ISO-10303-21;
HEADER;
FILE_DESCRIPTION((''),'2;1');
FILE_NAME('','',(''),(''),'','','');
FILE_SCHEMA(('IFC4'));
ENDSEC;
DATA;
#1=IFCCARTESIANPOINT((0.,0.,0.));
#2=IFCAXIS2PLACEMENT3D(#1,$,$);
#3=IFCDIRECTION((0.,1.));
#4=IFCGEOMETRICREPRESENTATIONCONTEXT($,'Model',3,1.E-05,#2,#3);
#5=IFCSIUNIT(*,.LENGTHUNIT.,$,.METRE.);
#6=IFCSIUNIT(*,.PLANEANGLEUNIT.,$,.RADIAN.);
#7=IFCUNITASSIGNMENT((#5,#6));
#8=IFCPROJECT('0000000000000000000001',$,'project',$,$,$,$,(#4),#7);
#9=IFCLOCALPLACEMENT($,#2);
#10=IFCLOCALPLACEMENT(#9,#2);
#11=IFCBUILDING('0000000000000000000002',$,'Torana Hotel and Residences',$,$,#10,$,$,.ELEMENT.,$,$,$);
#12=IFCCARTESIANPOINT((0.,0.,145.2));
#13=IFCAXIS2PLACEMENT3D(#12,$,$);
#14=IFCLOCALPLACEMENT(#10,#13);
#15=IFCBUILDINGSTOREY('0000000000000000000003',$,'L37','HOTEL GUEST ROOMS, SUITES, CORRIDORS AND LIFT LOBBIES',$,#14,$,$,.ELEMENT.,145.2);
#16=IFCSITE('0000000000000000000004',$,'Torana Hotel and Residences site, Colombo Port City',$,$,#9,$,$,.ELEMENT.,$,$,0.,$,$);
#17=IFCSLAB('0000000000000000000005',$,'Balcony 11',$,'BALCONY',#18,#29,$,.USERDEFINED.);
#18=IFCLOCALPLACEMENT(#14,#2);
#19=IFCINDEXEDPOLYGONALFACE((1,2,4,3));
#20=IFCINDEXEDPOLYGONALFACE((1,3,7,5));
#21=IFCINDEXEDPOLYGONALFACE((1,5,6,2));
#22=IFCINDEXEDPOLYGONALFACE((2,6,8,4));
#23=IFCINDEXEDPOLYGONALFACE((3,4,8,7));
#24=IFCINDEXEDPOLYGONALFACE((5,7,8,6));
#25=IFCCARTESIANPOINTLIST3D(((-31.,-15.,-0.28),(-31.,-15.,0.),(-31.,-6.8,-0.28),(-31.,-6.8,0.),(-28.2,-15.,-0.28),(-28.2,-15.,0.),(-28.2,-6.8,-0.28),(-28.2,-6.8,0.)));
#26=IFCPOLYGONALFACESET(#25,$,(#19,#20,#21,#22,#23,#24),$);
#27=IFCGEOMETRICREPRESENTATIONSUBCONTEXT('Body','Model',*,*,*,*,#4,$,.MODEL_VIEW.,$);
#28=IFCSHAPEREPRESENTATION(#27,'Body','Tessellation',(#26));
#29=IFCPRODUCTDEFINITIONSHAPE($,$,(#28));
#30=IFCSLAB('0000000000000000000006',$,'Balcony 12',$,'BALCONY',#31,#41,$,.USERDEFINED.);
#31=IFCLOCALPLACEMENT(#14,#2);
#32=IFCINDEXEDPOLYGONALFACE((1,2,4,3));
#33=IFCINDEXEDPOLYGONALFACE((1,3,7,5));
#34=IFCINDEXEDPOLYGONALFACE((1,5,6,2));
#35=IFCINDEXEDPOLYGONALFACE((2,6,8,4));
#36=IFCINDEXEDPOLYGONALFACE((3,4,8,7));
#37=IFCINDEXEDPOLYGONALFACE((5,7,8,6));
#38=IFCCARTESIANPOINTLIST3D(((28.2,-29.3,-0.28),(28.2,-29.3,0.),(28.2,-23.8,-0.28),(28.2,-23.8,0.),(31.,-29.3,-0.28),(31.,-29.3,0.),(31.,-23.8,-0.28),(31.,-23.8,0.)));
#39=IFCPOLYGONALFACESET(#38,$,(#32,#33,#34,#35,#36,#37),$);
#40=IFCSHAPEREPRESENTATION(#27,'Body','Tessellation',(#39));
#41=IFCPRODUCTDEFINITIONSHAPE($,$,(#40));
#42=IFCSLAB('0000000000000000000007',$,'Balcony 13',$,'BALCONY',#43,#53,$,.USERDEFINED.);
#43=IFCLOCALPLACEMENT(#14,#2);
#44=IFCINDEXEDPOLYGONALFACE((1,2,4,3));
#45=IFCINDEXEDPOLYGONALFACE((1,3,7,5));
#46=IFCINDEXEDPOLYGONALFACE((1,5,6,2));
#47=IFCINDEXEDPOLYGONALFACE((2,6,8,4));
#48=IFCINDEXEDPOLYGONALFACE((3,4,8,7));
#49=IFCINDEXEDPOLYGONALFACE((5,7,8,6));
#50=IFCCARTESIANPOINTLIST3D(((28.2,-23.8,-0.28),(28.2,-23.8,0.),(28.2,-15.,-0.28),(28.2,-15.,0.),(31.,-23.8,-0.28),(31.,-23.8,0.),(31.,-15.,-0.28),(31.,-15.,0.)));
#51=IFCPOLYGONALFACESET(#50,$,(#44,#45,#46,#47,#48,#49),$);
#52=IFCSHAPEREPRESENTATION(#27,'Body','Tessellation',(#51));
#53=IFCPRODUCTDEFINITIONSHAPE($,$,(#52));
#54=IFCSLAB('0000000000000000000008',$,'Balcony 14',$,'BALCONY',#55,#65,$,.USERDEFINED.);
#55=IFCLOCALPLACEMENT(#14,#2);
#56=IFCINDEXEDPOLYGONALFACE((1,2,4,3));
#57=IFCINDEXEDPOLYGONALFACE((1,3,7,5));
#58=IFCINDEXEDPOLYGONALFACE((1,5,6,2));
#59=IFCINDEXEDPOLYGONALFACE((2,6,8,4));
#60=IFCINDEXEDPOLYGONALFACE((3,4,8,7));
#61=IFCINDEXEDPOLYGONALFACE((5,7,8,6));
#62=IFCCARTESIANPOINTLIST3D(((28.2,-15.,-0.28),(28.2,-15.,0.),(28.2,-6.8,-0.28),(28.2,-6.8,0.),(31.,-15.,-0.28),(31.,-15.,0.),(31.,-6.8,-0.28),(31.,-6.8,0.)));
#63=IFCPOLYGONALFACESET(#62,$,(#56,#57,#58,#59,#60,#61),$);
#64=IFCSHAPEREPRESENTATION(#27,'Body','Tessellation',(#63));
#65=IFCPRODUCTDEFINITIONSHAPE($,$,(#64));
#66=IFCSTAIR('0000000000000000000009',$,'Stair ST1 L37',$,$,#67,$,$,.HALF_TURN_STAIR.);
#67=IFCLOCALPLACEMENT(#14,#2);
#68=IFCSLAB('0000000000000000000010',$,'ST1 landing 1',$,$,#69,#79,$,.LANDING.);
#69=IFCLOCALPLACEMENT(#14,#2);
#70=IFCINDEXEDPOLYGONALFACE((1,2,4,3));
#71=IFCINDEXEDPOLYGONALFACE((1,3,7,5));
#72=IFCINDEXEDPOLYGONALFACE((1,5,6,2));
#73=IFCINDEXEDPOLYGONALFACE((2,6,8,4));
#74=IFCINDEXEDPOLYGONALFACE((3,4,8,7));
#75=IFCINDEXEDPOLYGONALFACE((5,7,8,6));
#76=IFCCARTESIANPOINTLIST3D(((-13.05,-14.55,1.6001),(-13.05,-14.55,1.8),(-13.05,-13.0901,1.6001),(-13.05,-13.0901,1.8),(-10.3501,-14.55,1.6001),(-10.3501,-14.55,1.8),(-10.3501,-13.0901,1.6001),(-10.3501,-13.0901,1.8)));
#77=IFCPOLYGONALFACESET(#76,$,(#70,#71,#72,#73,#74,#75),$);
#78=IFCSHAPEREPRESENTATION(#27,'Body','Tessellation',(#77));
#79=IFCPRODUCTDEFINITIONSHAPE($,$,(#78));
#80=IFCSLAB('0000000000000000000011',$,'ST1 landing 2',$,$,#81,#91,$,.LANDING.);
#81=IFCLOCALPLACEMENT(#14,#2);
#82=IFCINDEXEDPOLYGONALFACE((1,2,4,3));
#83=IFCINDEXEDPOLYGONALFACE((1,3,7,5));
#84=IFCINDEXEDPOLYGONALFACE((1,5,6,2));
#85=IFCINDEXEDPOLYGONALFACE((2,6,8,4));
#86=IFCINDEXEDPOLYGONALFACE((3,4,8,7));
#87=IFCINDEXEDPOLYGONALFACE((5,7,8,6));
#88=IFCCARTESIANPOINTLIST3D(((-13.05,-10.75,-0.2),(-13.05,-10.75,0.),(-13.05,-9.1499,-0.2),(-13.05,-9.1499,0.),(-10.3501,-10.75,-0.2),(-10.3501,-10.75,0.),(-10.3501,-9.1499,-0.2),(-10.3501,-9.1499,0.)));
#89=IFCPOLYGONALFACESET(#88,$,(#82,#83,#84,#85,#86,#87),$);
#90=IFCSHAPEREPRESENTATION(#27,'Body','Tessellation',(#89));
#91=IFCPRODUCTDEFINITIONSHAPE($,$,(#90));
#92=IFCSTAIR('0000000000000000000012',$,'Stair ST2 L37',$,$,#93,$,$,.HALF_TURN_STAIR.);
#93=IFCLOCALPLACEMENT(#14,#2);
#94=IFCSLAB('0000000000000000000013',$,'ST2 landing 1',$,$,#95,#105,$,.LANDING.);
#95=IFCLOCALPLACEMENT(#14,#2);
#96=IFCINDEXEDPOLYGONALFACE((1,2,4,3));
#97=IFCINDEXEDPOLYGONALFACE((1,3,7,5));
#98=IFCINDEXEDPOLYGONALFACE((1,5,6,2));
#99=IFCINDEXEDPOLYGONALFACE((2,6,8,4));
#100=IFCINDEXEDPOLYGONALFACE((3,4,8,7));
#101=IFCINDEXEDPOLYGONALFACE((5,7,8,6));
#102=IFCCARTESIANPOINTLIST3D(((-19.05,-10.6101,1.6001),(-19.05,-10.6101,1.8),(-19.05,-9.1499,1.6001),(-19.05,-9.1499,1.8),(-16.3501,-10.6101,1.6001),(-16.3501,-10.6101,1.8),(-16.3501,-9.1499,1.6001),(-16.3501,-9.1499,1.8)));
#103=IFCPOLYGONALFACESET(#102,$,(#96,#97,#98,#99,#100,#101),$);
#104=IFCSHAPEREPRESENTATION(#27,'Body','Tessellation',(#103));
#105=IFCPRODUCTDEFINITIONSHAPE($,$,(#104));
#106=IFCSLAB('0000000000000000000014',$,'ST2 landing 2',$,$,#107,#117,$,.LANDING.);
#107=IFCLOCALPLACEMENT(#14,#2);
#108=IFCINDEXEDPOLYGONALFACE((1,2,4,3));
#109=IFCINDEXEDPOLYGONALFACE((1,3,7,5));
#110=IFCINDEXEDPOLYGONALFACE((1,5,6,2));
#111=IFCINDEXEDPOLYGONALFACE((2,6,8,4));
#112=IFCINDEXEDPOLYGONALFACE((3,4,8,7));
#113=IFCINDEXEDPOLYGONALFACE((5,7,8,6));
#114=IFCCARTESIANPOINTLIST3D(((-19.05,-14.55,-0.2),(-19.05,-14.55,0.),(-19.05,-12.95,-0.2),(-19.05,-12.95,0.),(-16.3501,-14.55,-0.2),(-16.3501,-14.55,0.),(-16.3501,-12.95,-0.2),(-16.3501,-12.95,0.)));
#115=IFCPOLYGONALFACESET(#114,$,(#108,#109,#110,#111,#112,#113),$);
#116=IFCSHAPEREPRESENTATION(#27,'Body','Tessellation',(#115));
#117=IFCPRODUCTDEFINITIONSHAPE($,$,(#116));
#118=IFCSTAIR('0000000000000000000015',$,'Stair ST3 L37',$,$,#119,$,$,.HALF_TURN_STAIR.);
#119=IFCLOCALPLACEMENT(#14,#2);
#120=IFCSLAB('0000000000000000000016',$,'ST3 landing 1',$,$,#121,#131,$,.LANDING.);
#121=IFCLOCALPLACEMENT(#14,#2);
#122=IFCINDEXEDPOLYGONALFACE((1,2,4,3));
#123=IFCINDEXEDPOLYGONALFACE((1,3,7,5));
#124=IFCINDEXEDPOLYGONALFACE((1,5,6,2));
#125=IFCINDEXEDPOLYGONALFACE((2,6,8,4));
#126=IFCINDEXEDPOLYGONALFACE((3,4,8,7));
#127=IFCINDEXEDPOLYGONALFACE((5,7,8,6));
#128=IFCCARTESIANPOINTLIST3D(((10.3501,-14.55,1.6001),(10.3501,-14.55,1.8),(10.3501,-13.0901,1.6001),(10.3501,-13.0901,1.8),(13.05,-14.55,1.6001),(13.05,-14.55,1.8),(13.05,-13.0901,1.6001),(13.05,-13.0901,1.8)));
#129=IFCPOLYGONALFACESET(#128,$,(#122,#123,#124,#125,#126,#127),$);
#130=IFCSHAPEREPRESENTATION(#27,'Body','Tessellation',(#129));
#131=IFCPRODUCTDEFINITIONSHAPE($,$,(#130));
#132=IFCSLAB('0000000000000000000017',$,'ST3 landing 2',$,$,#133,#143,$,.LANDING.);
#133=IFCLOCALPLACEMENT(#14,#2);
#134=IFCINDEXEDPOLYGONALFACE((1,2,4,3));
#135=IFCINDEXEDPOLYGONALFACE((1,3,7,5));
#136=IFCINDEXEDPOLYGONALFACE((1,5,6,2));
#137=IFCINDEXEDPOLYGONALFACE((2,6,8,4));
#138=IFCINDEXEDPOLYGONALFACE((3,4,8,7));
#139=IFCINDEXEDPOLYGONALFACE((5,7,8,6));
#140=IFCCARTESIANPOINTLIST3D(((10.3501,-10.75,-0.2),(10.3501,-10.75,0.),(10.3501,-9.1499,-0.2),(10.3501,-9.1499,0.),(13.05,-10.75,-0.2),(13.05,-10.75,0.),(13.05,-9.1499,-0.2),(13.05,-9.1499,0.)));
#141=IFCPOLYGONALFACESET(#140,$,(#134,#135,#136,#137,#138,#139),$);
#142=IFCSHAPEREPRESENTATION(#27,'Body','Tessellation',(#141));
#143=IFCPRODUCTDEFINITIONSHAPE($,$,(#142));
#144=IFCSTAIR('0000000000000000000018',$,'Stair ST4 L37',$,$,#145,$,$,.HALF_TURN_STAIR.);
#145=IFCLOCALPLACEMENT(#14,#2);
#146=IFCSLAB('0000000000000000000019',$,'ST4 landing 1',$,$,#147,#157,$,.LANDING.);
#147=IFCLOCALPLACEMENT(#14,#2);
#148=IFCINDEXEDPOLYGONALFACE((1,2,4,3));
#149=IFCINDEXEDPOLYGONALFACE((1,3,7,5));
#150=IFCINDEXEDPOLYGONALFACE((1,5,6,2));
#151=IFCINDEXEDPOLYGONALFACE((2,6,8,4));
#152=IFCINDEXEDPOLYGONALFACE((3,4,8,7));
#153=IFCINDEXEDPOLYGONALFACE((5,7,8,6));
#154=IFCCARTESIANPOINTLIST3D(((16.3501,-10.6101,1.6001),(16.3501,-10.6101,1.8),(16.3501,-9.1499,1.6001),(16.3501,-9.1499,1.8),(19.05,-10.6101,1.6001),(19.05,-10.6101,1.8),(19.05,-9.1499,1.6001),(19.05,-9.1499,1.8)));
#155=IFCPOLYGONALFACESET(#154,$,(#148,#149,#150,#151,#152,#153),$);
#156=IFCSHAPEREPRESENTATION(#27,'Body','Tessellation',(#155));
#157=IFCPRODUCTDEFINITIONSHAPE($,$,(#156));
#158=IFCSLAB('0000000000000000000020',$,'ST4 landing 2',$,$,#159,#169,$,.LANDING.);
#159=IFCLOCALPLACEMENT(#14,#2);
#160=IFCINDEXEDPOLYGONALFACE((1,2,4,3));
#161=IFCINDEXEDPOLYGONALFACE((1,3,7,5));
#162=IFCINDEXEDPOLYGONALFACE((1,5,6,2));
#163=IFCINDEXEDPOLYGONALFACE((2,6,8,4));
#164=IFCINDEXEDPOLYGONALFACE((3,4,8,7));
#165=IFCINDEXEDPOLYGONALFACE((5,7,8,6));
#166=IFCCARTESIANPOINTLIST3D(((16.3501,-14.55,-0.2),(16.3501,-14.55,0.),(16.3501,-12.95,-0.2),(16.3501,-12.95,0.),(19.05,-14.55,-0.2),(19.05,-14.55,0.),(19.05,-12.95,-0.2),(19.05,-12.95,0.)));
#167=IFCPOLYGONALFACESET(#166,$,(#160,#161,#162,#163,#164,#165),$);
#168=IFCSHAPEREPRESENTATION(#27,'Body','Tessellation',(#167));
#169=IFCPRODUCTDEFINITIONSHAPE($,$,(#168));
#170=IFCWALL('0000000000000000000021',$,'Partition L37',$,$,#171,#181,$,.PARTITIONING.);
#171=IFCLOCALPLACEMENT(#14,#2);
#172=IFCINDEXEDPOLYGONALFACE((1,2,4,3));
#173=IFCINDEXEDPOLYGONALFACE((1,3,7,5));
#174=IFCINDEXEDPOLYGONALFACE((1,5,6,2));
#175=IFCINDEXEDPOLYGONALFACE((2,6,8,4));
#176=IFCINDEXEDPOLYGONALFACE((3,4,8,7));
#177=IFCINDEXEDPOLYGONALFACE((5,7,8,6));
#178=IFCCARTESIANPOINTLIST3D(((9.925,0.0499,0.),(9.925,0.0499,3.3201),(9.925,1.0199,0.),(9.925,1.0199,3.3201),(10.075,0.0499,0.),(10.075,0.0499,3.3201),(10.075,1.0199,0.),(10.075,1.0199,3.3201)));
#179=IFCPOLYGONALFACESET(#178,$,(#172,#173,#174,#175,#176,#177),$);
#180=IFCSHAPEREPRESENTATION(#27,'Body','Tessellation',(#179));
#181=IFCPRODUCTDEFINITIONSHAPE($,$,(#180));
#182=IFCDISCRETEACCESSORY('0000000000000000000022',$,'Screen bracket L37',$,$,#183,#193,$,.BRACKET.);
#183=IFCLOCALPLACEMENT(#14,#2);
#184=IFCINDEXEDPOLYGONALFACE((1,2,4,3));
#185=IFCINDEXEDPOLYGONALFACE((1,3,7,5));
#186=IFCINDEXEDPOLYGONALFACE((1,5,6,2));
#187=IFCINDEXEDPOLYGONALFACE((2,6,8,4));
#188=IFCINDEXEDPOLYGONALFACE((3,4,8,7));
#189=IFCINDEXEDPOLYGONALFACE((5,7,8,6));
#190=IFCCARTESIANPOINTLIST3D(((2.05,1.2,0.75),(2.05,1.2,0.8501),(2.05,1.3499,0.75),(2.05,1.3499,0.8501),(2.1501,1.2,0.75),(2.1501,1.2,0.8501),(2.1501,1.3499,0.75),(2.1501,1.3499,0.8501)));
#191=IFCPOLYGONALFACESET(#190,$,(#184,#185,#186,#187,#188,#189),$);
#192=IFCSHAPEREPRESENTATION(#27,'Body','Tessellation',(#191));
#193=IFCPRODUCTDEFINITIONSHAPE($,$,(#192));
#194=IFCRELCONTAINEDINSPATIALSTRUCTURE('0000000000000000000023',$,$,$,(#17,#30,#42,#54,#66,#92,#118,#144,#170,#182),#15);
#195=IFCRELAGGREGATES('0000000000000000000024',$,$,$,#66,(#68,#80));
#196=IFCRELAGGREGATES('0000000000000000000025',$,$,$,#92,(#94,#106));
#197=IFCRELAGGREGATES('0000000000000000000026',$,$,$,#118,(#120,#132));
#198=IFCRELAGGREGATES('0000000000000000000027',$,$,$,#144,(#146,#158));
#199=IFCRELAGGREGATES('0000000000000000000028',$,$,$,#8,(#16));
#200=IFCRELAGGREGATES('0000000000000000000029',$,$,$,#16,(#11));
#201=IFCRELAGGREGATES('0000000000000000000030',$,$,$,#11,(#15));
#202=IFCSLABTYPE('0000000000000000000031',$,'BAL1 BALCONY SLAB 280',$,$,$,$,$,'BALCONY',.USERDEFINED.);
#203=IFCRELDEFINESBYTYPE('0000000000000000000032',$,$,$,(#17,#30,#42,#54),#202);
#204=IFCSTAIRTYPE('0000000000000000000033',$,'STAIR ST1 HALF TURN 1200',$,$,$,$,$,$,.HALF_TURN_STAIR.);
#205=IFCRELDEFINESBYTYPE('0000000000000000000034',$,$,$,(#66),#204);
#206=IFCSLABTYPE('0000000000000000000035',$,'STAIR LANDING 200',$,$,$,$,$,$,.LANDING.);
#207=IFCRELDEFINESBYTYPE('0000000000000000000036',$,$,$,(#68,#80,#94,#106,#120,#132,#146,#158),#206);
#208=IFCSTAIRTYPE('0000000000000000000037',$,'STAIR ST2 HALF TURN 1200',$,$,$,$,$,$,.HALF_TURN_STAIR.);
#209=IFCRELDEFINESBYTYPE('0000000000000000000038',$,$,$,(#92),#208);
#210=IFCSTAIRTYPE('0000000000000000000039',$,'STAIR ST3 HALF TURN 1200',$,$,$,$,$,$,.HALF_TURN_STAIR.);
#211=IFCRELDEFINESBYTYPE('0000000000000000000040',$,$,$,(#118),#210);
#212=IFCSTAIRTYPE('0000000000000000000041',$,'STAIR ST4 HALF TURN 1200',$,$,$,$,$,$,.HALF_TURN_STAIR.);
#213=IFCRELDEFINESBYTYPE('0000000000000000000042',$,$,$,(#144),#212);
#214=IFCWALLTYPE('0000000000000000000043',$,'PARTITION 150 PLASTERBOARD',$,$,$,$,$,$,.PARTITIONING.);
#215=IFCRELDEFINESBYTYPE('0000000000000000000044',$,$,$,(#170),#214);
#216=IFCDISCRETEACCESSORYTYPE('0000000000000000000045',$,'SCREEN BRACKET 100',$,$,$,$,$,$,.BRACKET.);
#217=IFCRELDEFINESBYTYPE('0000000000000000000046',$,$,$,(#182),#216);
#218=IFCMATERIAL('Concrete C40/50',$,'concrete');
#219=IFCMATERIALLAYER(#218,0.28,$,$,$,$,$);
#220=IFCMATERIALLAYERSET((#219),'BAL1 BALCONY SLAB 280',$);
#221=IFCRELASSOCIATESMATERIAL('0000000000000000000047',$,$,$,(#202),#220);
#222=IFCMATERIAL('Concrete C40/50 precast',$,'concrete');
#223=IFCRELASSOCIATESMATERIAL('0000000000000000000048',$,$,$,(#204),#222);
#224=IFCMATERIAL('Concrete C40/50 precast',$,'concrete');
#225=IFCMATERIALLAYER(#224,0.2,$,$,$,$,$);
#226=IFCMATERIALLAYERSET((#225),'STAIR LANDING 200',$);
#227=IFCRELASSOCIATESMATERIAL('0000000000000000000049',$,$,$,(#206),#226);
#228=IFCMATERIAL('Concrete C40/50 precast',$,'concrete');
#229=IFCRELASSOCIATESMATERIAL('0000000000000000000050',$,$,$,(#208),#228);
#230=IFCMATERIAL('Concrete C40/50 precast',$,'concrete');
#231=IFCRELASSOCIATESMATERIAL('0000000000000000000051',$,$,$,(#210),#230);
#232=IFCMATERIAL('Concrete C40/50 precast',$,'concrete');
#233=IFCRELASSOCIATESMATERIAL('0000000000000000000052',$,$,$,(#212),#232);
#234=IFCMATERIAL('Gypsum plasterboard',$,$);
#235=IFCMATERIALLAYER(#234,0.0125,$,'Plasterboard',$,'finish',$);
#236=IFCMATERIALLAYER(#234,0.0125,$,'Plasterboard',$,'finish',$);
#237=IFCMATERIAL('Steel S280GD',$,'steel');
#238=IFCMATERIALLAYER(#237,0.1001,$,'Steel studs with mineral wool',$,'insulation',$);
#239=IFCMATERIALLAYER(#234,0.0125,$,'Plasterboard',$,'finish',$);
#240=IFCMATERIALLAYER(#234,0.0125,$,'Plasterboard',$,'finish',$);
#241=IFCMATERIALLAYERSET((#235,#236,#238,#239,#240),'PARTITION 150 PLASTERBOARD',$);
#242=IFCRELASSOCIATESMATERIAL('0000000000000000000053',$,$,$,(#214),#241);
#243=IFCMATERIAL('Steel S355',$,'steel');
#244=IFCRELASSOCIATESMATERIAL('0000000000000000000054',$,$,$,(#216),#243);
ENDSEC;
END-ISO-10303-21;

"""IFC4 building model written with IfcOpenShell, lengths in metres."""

from ifc_helpers import new_model, si_unit, direction, frame, frame_2d, origin, origin_2d, place, context, subcontext, project, spatial, polyline, rectangle, outline, extrude, material, layer, layer_set, type_object, element, aggregate, save


model = new_model("IFC4")

# Units and contexts
model_context = context("Model", 3, precision=1e-05, world=origin(), true_north=direction((0.0, 1.0)))
body_context = subcontext(model_context, "Body", "Model", "MODEL_VIEW")
ifc_project = project(units=[si_unit("LENGTHUNIT", "METRE"), si_unit("PLANEANGLEUNIT", "RADIAN")], contexts=[model_context])

# Site, building, storey
site_placement = place(None, origin())
site = spatial("IfcSite", under=ifc_project, at=site_placement, Name="Torana Hotel and Residences site, Colombo Port City", CompositionType="ELEMENT", RefElevation=0.0)
building_placement = place(site_placement, origin())
building = spatial("IfcBuilding", under=site, at=building_placement, Name="Torana Hotel and Residences", CompositionType="ELEMENT")
storey_placement = place(building_placement, frame((0.0, 0.0, 145.2)))
storey = spatial("IfcBuildingStorey", under=building, at=storey_placement, Name="L37", Description="HOTEL GUEST ROOMS, SUITES, CORRIDORS AND LIFT LOBBIES", CompositionType="ELEMENT", Elevation=145.2)

# Slabs
ifc_material_1 = material(Name="Concrete C40/50", Category="concrete")
ifc_layer_1 = layer(ifc_material_1, 0.28)
ifc_layer_set_1 = layer_set([ifc_layer_1], Name="BAL1 BALCONY SLAB 280")
slab_type_1 = type_object("IfcSlabType", Name="BAL1 BALCONY SLAB 280", ElementType="BALCONY", PredefinedType="USERDEFINED", material=ifc_layer_set_1)
slab_1_placement = place(storey_placement, frame((0.0, 0.0, -0.28)))
element("IfcSlab", 1, at=slab_1_placement, inside=storey, type_object=slab_type_1, Name="Balcony 11", ObjectType="BALCONY", PredefinedType="USERDEFINED", context=body_context, shape_type="SweptSolid", body=[
    extrude(outline(polyline([(-31.0, -15.0), (-28.2, -15.0), (-28.2, -6.8), (-31.0, -6.8), (-31.0, -15.0)])), origin(), (0.0, 0.0, 1.0), 0.28),
])
slab_2_placement = place(storey_placement, frame((0.0, 0.0, -0.28)))
element("IfcSlab", 2, at=slab_2_placement, inside=storey, type_object=slab_type_1, Name="Balcony 12", ObjectType="BALCONY", PredefinedType="USERDEFINED", context=body_context, shape_type="SweptSolid", body=[
    extrude(outline(polyline([(28.2, -29.3), (31.0, -29.3), (31.0, -23.8), (28.2, -23.8), (28.2, -29.3)])), origin(), (0.0, 0.0, 1.0), 0.28),
])
slab_3_placement = place(storey_placement, frame((0.0, 0.0, -0.28)))
element("IfcSlab", 3, at=slab_3_placement, inside=storey, type_object=slab_type_1, Name="Balcony 13", ObjectType="BALCONY", PredefinedType="USERDEFINED", context=body_context, shape_type="SweptSolid", body=[
    extrude(outline(polyline([(28.2, -23.8), (31.0, -23.8), (31.0, -15.0), (28.2, -15.0), (28.2, -23.8)])), origin(), (0.0, 0.0, 1.0), 0.28),
])
slab_4_placement = place(storey_placement, frame((0.0, 0.0, -0.28)))
element("IfcSlab", 4, at=slab_4_placement, inside=storey, type_object=slab_type_1, Name="Balcony 14", ObjectType="BALCONY", PredefinedType="USERDEFINED", context=body_context, shape_type="SweptSolid", body=[
    extrude(outline(polyline([(28.2, -15.0), (31.0, -15.0), (31.0, -6.8), (28.2, -6.8), (28.2, -15.0)])), origin(), (0.0, 0.0, 1.0), 0.28),
])

# Stairs, slabs
ifc_material_2 = material(Name="Concrete C40/50 precast", Category="concrete")
stair_type_1 = type_object("IfcStairType", Name="STAIR ST1 HALF TURN 1200", PredefinedType="HALF_TURN_STAIR", material=ifc_material_2)
stair_1_placement = place(storey_placement, origin())
stair_1 = element("IfcStair", 5, at=stair_1_placement, inside=storey, type_object=stair_type_1, Name="Stair ST1 L37", PredefinedType="HALF_TURN_STAIR")
ifc_material_3 = material(Name="Concrete C40/50 precast", Category="concrete")
ifc_layer_2 = layer(ifc_material_3, 0.2)
ifc_layer_set_2 = layer_set([ifc_layer_2], Name="STAIR LANDING 200")
slab_type_2 = type_object("IfcSlabType", Name="STAIR LANDING 200", PredefinedType="LANDING", material=ifc_layer_set_2)
slab_5_placement = place(storey_placement, frame((0.0, 0.0, 1.6001)))
slab_5 = element("IfcSlab", 6, at=slab_5_placement, type_object=slab_type_2, Name="ST1 landing 1", PredefinedType="LANDING", context=body_context, shape_type="SweptSolid", body=[
    extrude(outline(polyline([(-13.05, -14.55), (-10.3501, -14.55), (-10.3501, -13.0901), (-13.05, -13.0901), (-13.05, -14.55)])), origin(), (0.0, 0.0, 1.0), 0.2),
])
slab_6_placement = place(storey_placement, frame((0.0, 0.0, -0.2)))
slab_6 = element("IfcSlab", 7, at=slab_6_placement, type_object=slab_type_2, Name="ST1 landing 2", PredefinedType="LANDING", context=body_context, shape_type="SweptSolid", body=[
    extrude(outline(polyline([(-13.05, -10.75), (-10.3501, -10.75), (-10.3501, -9.1499), (-13.05, -9.1499), (-13.05, -10.75)])), origin(), (0.0, 0.0, 1.0), 0.2),
])
aggregate(stair_1, [slab_5, slab_6])
ifc_material_4 = material(Name="Concrete C40/50 precast", Category="concrete")
stair_type_2 = type_object("IfcStairType", Name="STAIR ST2 HALF TURN 1200", PredefinedType="HALF_TURN_STAIR", material=ifc_material_4)
stair_2_placement = place(storey_placement, origin())
stair_2 = element("IfcStair", 8, at=stair_2_placement, inside=storey, type_object=stair_type_2, Name="Stair ST2 L37", PredefinedType="HALF_TURN_STAIR")
slab_7_placement = place(storey_placement, frame((0.0, 0.0, 1.6001)))
slab_7 = element("IfcSlab", 9, at=slab_7_placement, type_object=slab_type_2, Name="ST2 landing 1", PredefinedType="LANDING", context=body_context, shape_type="SweptSolid", body=[
    extrude(outline(polyline([(-19.05, -10.6101), (-16.3501, -10.6101), (-16.3501, -9.1499), (-19.05, -9.1499), (-19.05, -10.6101)])), origin(), (0.0, 0.0, 1.0), 0.2),
])
slab_8_placement = place(storey_placement, frame((0.0, 0.0, -0.2)))
slab_8 = element("IfcSlab", 10, at=slab_8_placement, type_object=slab_type_2, Name="ST2 landing 2", PredefinedType="LANDING", context=body_context, shape_type="SweptSolid", body=[
    extrude(outline(polyline([(-19.05, -14.55), (-16.3501, -14.55), (-16.3501, -12.95), (-19.05, -12.95), (-19.05, -14.55)])), origin(), (0.0, 0.0, 1.0), 0.2),
])
aggregate(stair_2, [slab_7, slab_8])
ifc_material_5 = material(Name="Concrete C40/50 precast", Category="concrete")
stair_type_3 = type_object("IfcStairType", Name="STAIR ST3 HALF TURN 1200", PredefinedType="HALF_TURN_STAIR", material=ifc_material_5)
stair_3_placement = place(storey_placement, origin())
stair_3 = element("IfcStair", 11, at=stair_3_placement, inside=storey, type_object=stair_type_3, Name="Stair ST3 L37", PredefinedType="HALF_TURN_STAIR")
slab_9_placement = place(storey_placement, frame((0.0, 0.0, 1.6001)))
slab_9 = element("IfcSlab", 12, at=slab_9_placement, type_object=slab_type_2, Name="ST3 landing 1", PredefinedType="LANDING", context=body_context, shape_type="SweptSolid", body=[
    extrude(outline(polyline([(10.3501, -14.55), (13.05, -14.55), (13.05, -13.0901), (10.3501, -13.0901), (10.3501, -14.55)])), origin(), (0.0, 0.0, 1.0), 0.2),
])
slab_10_placement = place(storey_placement, frame((0.0, 0.0, -0.2)))
slab_10 = element("IfcSlab", 13, at=slab_10_placement, type_object=slab_type_2, Name="ST3 landing 2", PredefinedType="LANDING", context=body_context, shape_type="SweptSolid", body=[
    extrude(outline(polyline([(10.3501, -10.75), (13.05, -10.75), (13.05, -9.1499), (10.3501, -9.1499), (10.3501, -10.75)])), origin(), (0.0, 0.0, 1.0), 0.2),
])
aggregate(stair_3, [slab_9, slab_10])
ifc_material_6 = material(Name="Concrete C40/50 precast", Category="concrete")
stair_type_4 = type_object("IfcStairType", Name="STAIR ST4 HALF TURN 1200", PredefinedType="HALF_TURN_STAIR", material=ifc_material_6)
stair_4_placement = place(storey_placement, origin())
stair_4 = element("IfcStair", 14, at=stair_4_placement, inside=storey, type_object=stair_type_4, Name="Stair ST4 L37", PredefinedType="HALF_TURN_STAIR")
slab_11_placement = place(storey_placement, frame((0.0, 0.0, 1.6001)))
slab_11 = element("IfcSlab", 15, at=slab_11_placement, type_object=slab_type_2, Name="ST4 landing 1", PredefinedType="LANDING", context=body_context, shape_type="SweptSolid", body=[
    extrude(outline(polyline([(16.3501, -10.6101), (19.05, -10.6101), (19.05, -9.1499), (16.3501, -9.1499), (16.3501, -10.6101)])), origin(), (0.0, 0.0, 1.0), 0.2),
])
slab_12_placement = place(storey_placement, frame((0.0, 0.0, -0.2)))
slab_12 = element("IfcSlab", 16, at=slab_12_placement, type_object=slab_type_2, Name="ST4 landing 2", PredefinedType="LANDING", context=body_context, shape_type="SweptSolid", body=[
    extrude(outline(polyline([(16.3501, -14.55), (19.05, -14.55), (19.05, -12.95), (16.3501, -12.95), (16.3501, -14.55)])), origin(), (0.0, 0.0, 1.0), 0.2),
])
aggregate(stair_4, [slab_11, slab_12])

# Wall
ifc_material_7 = material(Name="Gypsum plasterboard")
ifc_layer_3 = layer(ifc_material_7, 0.0125, Name="Plasterboard", Category="finish")
ifc_layer_4 = layer(ifc_material_7, 0.0125, Name="Plasterboard", Category="finish")
ifc_material_8 = material(Name="Steel S280GD", Category="steel")
ifc_layer_5 = layer(ifc_material_8, 0.1001, Name="Steel studs with mineral wool", Category="insulation")
ifc_layer_6 = layer(ifc_material_7, 0.0125, Name="Plasterboard", Category="finish")
ifc_layer_7 = layer(ifc_material_7, 0.0125, Name="Plasterboard", Category="finish")
ifc_layer_set_3 = layer_set([ifc_layer_3, ifc_layer_4, ifc_layer_5, ifc_layer_6, ifc_layer_7], Name="PARTITION 150 PLASTERBOARD")
wall_type = type_object("IfcWallType", Name="PARTITION 150 PLASTERBOARD", PredefinedType="PARTITIONING", material=ifc_layer_set_3)
wall_placement = place(storey_placement, frame((10.0, 0.05, 0.0), z_axis=(0.0, 0.0, 1.0), x_axis=(0.0, 1.0, 0.0)))
element("IfcWall", 17, at=wall_placement, inside=storey, type_object=wall_type, Name="Partition L37", PredefinedType="PARTITIONING", context=body_context, shape_type="SweptSolid", body=[
    extrude(rectangle(XDim=0.97, YDim=0.1499, at=frame_2d((0.4849, 0.0))), origin(), (0.0, 0.0, 1.0), 3.3201),
])

# Discrete accessory
ifc_material_9 = material(Name="Steel S355", Category="steel")
discrete_accessory_type = type_object("IfcDiscreteAccessoryType", Name="SCREEN BRACKET 100", PredefinedType="BRACKET", material=ifc_material_9)
for number, where, z_axis, x_axis, name in (
    (18, (2.1001, 1.2749, 0.75), (0.0, 0.0, 1.0), (-1.0, 0.0, 0.0), "Screen bracket L37"),
):
    element("IfcDiscreteAccessory", number, at=place(storey_placement, frame(where, z_axis=z_axis, x_axis=x_axis)), inside=storey, type_object=discrete_accessory_type, Name=name, PredefinedType="BRACKET", context=body_context, shape_type="SweptSolid", body=[
        extrude(rectangle(XDim=0.1001, YDim=0.1499, at=origin_2d()), origin(), (0.0, 0.0, 1.0), 0.1001),
    ])

save(model, "model.ifc")
